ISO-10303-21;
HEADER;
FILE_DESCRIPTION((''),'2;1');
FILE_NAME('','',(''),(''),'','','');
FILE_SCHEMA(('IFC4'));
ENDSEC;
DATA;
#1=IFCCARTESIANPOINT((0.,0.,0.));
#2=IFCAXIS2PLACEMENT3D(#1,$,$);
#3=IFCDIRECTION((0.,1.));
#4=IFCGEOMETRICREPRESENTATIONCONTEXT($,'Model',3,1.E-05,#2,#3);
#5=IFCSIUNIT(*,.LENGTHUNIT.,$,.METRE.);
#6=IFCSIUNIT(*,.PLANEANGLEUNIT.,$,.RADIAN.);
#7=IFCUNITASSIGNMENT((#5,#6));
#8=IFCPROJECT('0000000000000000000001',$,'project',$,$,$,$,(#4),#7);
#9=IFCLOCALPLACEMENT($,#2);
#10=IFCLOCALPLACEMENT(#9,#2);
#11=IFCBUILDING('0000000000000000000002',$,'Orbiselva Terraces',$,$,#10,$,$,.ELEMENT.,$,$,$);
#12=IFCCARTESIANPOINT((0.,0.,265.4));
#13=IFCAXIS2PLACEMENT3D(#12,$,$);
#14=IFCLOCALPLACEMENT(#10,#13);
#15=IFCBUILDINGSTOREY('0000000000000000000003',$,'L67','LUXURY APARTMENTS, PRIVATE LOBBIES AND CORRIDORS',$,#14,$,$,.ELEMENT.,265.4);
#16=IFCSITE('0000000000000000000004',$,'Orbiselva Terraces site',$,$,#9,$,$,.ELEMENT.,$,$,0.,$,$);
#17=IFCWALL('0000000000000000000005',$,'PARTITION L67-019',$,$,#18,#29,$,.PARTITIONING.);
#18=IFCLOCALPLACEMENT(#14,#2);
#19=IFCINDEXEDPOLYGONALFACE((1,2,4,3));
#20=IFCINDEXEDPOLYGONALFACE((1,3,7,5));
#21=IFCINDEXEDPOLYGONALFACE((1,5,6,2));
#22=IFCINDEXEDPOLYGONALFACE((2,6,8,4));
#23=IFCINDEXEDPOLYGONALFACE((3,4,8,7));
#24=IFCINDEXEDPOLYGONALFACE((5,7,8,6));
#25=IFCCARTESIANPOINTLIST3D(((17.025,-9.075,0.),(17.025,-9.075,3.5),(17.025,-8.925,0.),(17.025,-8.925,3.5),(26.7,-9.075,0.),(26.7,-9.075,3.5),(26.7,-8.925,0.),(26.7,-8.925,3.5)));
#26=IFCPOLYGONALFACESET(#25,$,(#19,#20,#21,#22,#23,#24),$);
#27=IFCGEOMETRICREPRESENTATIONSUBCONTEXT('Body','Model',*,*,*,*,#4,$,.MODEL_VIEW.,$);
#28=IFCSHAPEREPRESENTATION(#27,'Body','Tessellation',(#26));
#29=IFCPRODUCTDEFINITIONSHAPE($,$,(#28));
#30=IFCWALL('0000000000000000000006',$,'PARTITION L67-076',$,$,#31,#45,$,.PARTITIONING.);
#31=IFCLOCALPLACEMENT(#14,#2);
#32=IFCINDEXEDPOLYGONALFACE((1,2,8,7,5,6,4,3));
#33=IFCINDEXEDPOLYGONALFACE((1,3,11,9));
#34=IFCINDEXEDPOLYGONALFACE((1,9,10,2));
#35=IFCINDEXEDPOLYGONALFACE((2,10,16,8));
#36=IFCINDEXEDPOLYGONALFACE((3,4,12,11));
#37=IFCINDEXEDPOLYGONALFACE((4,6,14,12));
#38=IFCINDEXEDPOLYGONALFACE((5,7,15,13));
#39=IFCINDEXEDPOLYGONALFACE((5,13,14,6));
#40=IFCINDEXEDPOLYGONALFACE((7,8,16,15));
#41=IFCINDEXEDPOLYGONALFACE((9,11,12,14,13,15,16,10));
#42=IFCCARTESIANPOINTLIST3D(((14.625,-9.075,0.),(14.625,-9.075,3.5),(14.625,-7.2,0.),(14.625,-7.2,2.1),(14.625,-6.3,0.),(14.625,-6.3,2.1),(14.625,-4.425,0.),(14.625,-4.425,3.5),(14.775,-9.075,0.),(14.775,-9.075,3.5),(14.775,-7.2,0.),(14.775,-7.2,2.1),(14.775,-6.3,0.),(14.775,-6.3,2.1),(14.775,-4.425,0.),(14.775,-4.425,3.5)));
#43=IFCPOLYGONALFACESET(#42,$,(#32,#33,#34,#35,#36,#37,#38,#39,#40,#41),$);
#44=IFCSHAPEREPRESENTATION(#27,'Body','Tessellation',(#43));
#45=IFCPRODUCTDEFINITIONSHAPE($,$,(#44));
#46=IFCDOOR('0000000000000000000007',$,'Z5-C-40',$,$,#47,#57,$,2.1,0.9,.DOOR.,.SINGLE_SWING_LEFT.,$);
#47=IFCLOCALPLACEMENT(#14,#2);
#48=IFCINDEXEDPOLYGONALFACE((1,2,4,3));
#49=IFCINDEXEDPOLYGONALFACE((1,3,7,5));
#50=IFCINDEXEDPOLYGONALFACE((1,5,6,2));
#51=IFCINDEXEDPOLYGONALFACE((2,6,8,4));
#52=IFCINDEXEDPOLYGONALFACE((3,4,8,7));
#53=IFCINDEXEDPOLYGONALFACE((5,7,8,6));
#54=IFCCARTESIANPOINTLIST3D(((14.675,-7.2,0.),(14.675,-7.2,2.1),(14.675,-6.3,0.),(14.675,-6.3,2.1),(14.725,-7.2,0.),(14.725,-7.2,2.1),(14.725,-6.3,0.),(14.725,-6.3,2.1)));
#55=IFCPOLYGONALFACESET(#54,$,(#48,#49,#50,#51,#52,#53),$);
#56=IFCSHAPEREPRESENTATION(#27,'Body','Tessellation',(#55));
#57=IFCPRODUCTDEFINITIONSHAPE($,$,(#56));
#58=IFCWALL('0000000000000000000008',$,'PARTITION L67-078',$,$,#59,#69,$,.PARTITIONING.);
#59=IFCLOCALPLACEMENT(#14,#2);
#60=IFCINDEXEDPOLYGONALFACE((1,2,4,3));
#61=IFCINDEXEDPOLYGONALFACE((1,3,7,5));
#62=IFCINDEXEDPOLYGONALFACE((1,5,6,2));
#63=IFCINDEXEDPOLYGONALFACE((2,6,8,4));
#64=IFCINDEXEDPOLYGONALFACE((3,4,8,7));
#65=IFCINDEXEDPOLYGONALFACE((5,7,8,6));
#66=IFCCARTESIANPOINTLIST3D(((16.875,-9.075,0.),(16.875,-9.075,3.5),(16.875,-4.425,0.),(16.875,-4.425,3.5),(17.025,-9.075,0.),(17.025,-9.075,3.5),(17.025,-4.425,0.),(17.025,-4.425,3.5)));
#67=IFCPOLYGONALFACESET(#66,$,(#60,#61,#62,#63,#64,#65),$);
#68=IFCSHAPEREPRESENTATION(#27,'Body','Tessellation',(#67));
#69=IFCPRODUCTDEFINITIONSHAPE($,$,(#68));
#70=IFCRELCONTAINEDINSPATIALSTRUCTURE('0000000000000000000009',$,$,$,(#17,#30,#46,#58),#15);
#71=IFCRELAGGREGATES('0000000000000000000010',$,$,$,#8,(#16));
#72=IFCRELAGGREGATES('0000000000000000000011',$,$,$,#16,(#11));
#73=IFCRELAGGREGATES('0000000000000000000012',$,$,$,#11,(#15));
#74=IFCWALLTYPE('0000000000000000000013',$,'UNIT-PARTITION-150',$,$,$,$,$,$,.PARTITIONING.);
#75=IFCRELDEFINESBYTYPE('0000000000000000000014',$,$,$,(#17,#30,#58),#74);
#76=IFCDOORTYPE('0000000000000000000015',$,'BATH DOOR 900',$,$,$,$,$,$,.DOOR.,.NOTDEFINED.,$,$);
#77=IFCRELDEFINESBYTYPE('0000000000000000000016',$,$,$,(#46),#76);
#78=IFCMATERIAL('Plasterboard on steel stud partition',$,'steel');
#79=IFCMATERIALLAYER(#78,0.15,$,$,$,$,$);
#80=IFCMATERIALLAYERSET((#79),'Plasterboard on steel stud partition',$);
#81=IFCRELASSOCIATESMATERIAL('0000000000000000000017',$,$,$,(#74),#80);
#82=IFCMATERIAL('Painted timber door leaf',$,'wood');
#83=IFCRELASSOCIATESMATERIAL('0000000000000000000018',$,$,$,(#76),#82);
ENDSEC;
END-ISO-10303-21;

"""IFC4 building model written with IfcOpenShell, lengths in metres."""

from ifc_helpers import new_model, si_unit, direction, frame, frame_2d, origin, place, context, subcontext, project, spatial, rectangle, extrude, material, layer, layer_set, type_object, element, fill, save


model = new_model("IFC4")

# Units and contexts
model_context = context("Model", 3, precision=1e-05, world=origin(), true_north=direction((0.0, 1.0)))
body_context = subcontext(model_context, "Body", "Model", "MODEL_VIEW")
ifc_project = project(units=[si_unit("LENGTHUNIT", "METRE"), si_unit("PLANEANGLEUNIT", "RADIAN")], contexts=[model_context])

# Site, building, storey
site_placement = place(None, origin())
site = spatial("IfcSite", under=ifc_project, at=site_placement, Name="Orbiselva Terraces site", CompositionType="ELEMENT", RefElevation=0.0)
building_placement = place(site_placement, origin())
building = spatial("IfcBuilding", under=site, at=building_placement, Name="Orbiselva Terraces", CompositionType="ELEMENT")
storey_placement = place(building_placement, frame((0.0, 0.0, 265.4)))
storey = spatial("IfcBuildingStorey", under=building, at=storey_placement, Name="L67", Description="LUXURY APARTMENTS, PRIVATE LOBBIES AND CORRIDORS", CompositionType="ELEMENT", Elevation=265.4)

# Shared definitions
ifc_material_1 = material(Name="Plasterboard on steel stud partition", Category="steel")
ifc_layer_1 = layer(ifc_material_1, 0.15)
ifc_layer_set_1 = layer_set([ifc_layer_1], Name="Plasterboard on steel stud partition")
wall_type_1 = type_object("IfcWallType", Name="UNIT-PARTITION-150", PredefinedType="PARTITIONING", material=ifc_layer_set_1)
ifc_material_2 = material(Name="Painted timber door leaf", Category="wood")

# Wall
wall_1_placement = place(storey_placement, frame((17.025, -9.0, 0.0), z_axis=(0.0, 0.0, 1.0), x_axis=(1.0, 0.0, 0.0)))
element("IfcWall", 1, at=wall_1_placement, inside=storey, type_object=wall_type_1, Name="PARTITION L67-019", PredefinedType="PARTITIONING", context=body_context, shape_type="SweptSolid", body=[
    extrude(rectangle(XDim=9.675, YDim=0.15, at=frame_2d((4.8375, 0.0))), origin(), (0.0, 0.0, 1.0), 3.5),
])

# Wall, opening, door
wall_2_placement = place(storey_placement, frame((14.7, -9.075, 0.0), z_axis=(0.0, 0.0, 1.0), x_axis=(0.0, 1.0, 0.0)))
wall_2 = element("IfcWall", 2, at=wall_2_placement, inside=storey, type_object=wall_type_1, Name="PARTITION L67-076", PredefinedType="PARTITIONING", context=body_context, shape_type="SweptSolid", body=[
    extrude(rectangle(XDim=4.65, YDim=0.15, at=frame_2d((2.325, 0.0))), origin(), (0.0, 0.0, 1.0), 3.5),
])
opening_1_placement = place(wall_2_placement, frame((1.875, 0.0, 0.0)))
opening_1 = element("IfcOpeningElement", 3, at=opening_1_placement, cuts=wall_2, PredefinedType="OPENING", context=body_context, shape_type="SweptSolid", body=[
    extrude(rectangle(XDim=0.9, YDim=2.1, at=frame_2d((0.45, 1.05))), frame((0.0, 0.085, 0.0), z_axis=(0.0, -1.0, 0.0), x_axis=(1.0, 0.0, 0.0)), (0.0, 0.0, 1.0), 0.17),
])
door_type_1 = type_object("IfcDoorType", Name="BATH DOOR 900", OperationType="NOTDEFINED", PredefinedType="DOOR", material=ifc_material_2)
door_1_placement = place(opening_1_placement, origin())
door_1 = element("IfcDoor", 4, at=door_1_placement, inside=storey, type_object=door_type_1, Name="Z5-C-40", OperationType="SINGLE_SWING_LEFT", OverallHeight=2.1, OverallWidth=0.9, PredefinedType="DOOR", context=body_context, shape_type="SweptSolid", body=[
    extrude(rectangle(XDim=0.9, YDim=2.1, at=frame_2d((0.45, 1.05))), frame((0.0, 0.025, 0.0), z_axis=(0.0, -1.0, 0.0), x_axis=(1.0, 0.0, 0.0)), (0.0, 0.0, 1.0), 0.05),
])
fill(opening_1, door_1)

# Wall
wall_3_placement = place(storey_placement, frame((16.95, -9.075, 0.0), z_axis=(0.0, 0.0, 1.0), x_axis=(0.0, 1.0, 0.0)))
element("IfcWall", 5, at=wall_3_placement, inside=storey, type_object=wall_type_1, Name="PARTITION L67-078", PredefinedType="PARTITIONING", context=body_context, shape_type="SweptSolid", body=[
    extrude(rectangle(XDim=4.65, YDim=0.15, at=frame_2d((2.325, 0.0))), origin(), (0.0, 0.0, 1.0), 3.5),
])

save(model, "model.ifc")
